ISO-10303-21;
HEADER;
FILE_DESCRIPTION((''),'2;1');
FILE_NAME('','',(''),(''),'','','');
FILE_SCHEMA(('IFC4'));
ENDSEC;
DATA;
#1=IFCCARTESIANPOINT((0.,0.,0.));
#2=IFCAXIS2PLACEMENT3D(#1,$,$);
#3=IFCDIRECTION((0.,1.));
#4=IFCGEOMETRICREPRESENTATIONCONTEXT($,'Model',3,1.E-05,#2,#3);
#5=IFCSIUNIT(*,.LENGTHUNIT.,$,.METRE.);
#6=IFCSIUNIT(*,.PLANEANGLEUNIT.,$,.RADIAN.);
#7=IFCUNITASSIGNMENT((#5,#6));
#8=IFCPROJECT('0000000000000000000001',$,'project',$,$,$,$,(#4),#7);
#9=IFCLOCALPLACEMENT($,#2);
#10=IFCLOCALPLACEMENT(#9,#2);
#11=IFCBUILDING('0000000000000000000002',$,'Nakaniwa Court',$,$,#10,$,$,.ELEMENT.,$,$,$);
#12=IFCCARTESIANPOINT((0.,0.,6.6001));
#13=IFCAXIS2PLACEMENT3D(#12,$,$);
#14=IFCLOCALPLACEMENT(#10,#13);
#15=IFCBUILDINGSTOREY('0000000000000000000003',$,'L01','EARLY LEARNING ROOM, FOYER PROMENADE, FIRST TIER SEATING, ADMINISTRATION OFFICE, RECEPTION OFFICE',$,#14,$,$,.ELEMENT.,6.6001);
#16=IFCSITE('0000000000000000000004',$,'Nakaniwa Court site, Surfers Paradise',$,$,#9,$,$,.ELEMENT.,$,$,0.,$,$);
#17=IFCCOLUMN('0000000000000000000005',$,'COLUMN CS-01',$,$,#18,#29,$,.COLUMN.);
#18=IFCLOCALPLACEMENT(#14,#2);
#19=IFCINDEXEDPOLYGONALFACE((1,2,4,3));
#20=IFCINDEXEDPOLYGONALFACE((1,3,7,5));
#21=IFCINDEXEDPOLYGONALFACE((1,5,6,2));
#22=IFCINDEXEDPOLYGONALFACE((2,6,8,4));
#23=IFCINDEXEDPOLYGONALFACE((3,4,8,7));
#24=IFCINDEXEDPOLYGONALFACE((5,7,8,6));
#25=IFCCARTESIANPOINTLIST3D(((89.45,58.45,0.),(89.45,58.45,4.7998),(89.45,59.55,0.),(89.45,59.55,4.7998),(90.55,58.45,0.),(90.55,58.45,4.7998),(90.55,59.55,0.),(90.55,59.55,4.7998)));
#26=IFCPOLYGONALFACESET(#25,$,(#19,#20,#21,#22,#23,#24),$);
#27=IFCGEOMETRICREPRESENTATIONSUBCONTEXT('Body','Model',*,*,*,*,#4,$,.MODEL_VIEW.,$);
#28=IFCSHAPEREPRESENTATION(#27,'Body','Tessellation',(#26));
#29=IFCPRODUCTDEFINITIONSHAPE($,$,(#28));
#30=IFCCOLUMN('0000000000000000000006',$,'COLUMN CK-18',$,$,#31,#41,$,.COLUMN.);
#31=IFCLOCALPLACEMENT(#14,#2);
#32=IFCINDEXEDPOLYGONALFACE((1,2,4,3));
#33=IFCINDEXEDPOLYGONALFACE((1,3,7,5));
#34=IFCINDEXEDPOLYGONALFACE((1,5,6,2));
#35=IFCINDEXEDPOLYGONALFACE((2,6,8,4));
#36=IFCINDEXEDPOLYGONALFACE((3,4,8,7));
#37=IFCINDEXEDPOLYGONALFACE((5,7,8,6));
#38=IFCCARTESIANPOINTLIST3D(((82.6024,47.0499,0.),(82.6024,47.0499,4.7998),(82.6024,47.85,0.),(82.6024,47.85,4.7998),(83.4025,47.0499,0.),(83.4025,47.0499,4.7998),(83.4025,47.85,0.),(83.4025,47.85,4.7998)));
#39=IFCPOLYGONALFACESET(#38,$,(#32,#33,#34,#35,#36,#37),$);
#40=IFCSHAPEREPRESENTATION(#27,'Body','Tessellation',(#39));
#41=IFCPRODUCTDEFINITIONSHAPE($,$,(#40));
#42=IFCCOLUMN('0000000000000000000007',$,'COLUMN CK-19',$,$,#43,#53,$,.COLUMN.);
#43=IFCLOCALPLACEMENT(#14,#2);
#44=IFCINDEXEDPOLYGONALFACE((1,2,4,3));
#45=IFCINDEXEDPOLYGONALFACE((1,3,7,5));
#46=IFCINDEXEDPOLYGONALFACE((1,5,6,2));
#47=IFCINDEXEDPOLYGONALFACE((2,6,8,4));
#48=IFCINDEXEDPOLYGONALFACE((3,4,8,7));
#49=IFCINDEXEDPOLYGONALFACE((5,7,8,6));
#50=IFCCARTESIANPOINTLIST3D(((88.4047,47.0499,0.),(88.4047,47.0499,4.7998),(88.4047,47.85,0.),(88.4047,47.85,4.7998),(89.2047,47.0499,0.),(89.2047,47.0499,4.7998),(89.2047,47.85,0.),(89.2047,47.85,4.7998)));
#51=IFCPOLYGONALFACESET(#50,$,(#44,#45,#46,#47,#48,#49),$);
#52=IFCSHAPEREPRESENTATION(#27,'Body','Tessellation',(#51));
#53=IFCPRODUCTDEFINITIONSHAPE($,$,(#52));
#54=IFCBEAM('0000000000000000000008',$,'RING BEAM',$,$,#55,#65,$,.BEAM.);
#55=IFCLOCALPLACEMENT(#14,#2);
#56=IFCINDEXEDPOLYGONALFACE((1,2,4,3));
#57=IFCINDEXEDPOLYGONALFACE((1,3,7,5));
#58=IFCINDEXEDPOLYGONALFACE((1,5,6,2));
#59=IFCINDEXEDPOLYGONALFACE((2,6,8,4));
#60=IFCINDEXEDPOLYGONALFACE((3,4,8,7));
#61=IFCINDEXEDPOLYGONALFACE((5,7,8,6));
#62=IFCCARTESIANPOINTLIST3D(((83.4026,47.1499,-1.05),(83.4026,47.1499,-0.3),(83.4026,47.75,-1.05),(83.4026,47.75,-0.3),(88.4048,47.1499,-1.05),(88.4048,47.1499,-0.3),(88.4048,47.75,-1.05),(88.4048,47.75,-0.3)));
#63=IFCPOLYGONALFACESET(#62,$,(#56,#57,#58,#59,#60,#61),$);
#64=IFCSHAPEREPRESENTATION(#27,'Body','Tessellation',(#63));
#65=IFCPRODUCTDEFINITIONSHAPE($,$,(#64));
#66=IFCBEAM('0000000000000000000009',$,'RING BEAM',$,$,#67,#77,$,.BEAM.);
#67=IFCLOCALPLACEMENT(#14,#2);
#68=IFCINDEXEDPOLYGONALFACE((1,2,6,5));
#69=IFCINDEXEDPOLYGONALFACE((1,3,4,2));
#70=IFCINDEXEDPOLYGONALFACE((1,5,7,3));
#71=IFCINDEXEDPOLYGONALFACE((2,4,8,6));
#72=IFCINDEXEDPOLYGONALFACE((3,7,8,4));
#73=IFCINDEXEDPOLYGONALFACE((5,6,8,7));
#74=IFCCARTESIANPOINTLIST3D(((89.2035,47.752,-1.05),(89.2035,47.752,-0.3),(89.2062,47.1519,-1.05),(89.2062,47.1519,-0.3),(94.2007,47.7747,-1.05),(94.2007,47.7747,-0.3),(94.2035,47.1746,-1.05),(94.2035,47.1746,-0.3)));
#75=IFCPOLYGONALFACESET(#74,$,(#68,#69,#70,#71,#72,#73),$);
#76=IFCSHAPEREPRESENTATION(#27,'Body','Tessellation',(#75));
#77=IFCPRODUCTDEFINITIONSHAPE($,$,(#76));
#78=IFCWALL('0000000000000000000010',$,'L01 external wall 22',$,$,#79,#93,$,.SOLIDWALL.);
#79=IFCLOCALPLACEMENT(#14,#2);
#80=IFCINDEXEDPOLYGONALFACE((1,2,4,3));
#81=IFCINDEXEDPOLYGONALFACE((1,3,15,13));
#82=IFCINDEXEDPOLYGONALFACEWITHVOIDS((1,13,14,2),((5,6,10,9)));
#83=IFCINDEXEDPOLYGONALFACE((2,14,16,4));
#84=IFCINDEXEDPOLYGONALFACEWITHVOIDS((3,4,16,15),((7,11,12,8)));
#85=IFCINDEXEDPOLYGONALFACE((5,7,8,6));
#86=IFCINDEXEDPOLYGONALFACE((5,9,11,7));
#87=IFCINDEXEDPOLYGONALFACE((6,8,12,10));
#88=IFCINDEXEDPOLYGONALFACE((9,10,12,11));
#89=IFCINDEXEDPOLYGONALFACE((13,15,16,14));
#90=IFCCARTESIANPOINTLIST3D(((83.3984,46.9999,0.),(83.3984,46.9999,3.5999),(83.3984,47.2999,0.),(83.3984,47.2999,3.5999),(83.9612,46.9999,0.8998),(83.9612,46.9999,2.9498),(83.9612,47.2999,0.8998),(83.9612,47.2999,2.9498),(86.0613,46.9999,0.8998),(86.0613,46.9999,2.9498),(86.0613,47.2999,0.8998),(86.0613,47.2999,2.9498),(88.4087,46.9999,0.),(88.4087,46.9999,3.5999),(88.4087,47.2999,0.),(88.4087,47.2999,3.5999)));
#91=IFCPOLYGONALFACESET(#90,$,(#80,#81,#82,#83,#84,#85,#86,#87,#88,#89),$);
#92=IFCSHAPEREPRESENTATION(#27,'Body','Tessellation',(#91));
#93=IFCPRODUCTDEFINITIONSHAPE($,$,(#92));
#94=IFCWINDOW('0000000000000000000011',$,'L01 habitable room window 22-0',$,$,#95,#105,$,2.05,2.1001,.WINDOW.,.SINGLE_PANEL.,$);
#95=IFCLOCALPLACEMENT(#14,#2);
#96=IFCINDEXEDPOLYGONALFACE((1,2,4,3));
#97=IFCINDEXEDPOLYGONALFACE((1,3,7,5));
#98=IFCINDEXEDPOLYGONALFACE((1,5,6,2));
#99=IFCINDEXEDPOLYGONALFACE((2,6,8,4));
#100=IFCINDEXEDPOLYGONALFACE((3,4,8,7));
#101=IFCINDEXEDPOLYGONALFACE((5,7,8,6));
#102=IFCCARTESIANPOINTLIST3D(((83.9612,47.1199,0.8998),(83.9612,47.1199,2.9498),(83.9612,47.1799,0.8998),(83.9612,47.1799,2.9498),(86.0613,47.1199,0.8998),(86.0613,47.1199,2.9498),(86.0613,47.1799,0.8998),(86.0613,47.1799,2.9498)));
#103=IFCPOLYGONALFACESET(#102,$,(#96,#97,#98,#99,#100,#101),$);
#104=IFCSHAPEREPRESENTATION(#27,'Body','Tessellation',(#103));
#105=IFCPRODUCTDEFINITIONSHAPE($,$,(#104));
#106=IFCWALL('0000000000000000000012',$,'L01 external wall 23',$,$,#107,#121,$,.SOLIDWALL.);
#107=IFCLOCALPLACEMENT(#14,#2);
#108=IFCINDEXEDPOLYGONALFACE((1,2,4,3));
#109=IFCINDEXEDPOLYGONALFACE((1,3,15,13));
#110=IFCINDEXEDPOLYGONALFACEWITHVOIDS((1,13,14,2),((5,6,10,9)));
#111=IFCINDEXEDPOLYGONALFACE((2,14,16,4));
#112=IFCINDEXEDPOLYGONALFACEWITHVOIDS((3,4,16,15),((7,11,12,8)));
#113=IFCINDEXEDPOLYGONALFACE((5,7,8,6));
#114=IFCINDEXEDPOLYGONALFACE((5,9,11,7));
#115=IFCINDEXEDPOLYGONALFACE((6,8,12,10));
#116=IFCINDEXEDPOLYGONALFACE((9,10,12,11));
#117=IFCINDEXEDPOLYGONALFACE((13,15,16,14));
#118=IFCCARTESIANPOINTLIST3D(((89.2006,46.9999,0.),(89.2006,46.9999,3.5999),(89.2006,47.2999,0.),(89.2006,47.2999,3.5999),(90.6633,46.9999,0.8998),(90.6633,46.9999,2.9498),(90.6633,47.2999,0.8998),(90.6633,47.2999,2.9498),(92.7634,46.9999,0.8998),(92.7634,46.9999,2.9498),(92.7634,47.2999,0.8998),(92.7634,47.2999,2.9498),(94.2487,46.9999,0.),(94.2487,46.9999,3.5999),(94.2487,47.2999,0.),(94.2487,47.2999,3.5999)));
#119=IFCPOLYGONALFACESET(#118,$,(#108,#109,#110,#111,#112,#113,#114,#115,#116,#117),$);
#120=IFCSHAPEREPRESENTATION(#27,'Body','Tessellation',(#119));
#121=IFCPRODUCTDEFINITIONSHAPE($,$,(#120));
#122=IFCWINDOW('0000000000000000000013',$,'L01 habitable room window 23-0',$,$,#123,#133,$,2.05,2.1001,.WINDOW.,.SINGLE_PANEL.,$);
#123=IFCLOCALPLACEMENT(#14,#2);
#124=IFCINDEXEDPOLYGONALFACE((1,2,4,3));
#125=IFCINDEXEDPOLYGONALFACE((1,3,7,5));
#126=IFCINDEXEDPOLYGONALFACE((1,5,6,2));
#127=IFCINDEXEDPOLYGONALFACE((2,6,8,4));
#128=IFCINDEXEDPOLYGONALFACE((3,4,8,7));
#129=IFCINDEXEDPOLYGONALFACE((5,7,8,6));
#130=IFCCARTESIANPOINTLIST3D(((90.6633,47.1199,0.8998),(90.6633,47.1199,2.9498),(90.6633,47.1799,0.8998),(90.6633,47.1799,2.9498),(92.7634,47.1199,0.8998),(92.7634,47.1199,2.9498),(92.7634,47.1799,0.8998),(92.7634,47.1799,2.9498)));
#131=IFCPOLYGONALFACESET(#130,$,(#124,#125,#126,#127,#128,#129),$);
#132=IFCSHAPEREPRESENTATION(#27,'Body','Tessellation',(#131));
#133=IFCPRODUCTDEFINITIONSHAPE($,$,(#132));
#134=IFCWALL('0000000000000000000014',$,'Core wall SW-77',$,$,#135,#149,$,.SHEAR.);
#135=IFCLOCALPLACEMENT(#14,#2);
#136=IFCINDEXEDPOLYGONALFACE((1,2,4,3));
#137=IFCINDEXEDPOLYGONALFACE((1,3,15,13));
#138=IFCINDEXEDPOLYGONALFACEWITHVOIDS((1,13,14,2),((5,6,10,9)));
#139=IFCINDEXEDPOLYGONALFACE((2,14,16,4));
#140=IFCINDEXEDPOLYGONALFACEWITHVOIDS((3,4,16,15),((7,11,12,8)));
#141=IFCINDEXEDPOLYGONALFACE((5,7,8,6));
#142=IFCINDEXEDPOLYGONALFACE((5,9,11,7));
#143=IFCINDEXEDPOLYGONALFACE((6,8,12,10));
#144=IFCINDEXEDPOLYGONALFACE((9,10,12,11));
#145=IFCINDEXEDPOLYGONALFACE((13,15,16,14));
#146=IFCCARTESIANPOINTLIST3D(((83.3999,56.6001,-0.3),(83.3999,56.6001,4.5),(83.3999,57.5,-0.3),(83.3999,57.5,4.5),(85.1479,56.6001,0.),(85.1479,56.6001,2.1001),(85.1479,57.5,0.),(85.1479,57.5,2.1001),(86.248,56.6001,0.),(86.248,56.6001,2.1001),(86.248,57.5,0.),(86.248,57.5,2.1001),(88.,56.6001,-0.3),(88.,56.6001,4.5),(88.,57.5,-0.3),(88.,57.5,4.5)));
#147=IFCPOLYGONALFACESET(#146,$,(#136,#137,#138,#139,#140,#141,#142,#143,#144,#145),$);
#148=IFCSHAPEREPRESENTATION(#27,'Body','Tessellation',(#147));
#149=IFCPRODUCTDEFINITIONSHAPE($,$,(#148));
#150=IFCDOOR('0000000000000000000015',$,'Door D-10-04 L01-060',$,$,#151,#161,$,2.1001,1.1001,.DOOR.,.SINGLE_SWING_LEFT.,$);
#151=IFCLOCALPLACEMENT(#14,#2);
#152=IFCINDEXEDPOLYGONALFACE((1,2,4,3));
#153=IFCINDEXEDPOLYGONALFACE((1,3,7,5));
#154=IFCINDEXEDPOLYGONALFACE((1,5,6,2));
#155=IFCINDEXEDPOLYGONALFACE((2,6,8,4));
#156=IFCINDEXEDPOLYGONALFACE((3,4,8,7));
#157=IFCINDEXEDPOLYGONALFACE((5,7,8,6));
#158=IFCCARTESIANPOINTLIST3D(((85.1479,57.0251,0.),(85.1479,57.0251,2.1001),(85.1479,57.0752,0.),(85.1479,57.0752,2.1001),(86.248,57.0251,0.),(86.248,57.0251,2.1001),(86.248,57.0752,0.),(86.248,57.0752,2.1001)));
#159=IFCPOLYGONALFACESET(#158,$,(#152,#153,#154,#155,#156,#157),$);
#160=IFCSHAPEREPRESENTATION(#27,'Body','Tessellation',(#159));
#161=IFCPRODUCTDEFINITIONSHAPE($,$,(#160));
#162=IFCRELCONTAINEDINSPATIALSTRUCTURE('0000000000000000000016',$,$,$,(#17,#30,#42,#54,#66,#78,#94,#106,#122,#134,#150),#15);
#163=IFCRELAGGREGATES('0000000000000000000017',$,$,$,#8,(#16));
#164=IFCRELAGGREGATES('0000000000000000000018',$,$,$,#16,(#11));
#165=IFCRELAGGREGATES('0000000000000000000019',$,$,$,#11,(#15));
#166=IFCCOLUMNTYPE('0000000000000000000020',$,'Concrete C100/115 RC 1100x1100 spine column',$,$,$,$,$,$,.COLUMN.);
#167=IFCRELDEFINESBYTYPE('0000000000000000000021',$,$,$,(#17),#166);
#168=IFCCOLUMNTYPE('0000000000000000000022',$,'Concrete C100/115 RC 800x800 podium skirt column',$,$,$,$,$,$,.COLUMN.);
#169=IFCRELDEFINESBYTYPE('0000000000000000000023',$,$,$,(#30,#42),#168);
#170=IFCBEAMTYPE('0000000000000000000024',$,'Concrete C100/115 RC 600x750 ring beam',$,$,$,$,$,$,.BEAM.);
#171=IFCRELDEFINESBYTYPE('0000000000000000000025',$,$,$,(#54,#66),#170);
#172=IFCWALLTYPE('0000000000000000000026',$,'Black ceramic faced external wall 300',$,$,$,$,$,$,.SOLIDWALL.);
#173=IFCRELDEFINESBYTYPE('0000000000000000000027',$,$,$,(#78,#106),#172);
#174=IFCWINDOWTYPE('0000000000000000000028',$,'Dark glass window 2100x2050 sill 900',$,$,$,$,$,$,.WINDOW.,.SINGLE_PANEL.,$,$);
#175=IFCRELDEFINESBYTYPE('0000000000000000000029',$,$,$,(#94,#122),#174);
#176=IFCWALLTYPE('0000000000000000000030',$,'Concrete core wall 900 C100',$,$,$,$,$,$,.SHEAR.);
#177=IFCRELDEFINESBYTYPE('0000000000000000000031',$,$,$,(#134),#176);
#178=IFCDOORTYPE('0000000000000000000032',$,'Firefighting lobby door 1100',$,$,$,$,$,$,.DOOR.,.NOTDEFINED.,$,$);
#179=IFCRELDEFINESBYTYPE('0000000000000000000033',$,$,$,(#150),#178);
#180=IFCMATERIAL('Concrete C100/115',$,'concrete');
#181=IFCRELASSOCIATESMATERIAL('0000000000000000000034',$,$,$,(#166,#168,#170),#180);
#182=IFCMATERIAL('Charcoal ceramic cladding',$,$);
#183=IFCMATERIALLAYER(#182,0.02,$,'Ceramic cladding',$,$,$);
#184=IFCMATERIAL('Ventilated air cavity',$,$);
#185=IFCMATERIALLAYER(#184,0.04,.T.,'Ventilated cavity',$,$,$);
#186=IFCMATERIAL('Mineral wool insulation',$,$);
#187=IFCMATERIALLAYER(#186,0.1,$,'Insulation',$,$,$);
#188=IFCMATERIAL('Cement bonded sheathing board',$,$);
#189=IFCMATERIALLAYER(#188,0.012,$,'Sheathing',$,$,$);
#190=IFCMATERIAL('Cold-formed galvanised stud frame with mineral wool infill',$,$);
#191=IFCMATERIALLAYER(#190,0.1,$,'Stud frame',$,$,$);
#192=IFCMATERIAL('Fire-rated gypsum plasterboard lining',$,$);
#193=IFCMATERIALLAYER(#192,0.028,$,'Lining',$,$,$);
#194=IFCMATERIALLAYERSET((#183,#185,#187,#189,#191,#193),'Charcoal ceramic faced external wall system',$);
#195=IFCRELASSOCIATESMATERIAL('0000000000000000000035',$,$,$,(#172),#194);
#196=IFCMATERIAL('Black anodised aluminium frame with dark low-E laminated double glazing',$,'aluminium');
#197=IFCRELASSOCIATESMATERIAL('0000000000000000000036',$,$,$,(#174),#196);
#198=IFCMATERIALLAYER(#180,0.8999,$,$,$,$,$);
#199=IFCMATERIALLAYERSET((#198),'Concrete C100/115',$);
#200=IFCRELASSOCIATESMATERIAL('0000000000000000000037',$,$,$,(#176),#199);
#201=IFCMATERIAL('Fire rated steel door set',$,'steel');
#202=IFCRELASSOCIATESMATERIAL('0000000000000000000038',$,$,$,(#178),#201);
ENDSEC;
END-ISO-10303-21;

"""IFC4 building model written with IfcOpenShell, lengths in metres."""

from ifc_helpers import new_model, si_unit, direction, frame, frame_2d, origin, origin_2d, place, context, subcontext, project, spatial, rectangle, extrude, material, layer, layer_set, material_profile, profile_set, type_object, element, fill, save


model = new_model("IFC4")

# Units and contexts
model_context = context("Model", 3, precision=1e-05, world=origin(), true_north=direction((0.0, 1.0)))
body_context = subcontext(model_context, "Body", "Model", "MODEL_VIEW")
ifc_project = project(units=[si_unit("LENGTHUNIT", "METRE"), si_unit("PLANEANGLEUNIT", "RADIAN")], contexts=[model_context])

# Site, building, storey
site_placement = place(None, origin())
site = spatial("IfcSite", under=ifc_project, at=site_placement, Name="Nakaniwa Court site, Surfers Paradise", CompositionType="ELEMENT", RefElevation=0.0)
building_placement = place(site_placement, origin())
building = spatial("IfcBuilding", under=site, at=building_placement, Name="Nakaniwa Court", CompositionType="ELEMENT")
storey_placement = place(building_placement, frame((0.0, 0.0, 6.6001)))
storey = spatial("IfcBuildingStorey", under=building, at=storey_placement, Name="L01", Description="EARLY LEARNING ROOM, FOYER PROMENADE, FIRST TIER SEATING, ADMINISTRATION OFFICE, RECEPTION OFFICE", CompositionType="ELEMENT", Elevation=6.6001)

# Columns
ifc_material_1 = material(Name="Concrete C100/115", Category="concrete")
ifc_material_profile_1 = material_profile(ifc_material_1, rectangle(XDim=1.1001, YDim=1.1001, at=origin_2d()), Name="Concrete C100/115 RC 1100x1100 spine column")
ifc_profile_set_1 = profile_set([ifc_material_profile_1], Name="Concrete C100/115")
column_type_1 = type_object("IfcColumnType", Name="Concrete C100/115 RC 1100x1100 spine column", PredefinedType="COLUMN", material=ifc_profile_set_1)
column_placement = place(storey_placement, frame((90.0, 59.0, 0.0), z_axis=(0.0, 0.0, 1.0), x_axis=(0.0, 1.0, 0.0)))
element("IfcColumn", 1, at=column_placement, inside=storey, type_object=column_type_1, Name="COLUMN CS-01", PredefinedType="COLUMN", context=body_context, shape_type="SweptSolid", body=[
    extrude(rectangle(XDim=1.1001, YDim=1.1001, at=origin_2d()), origin(), (0.0, 0.0, 1.0), 4.7998),
])
ifc_material_profile_2 = material_profile(ifc_material_1, rectangle(XDim=0.8, YDim=0.8, at=origin_2d()), Name="Concrete C100/115 RC 800x800 podium skirt column")
ifc_profile_set_2 = profile_set([ifc_material_profile_2], Name="Concrete C100/115")
column_type_2 = type_object("IfcColumnType", Name="Concrete C100/115 RC 800x800 podium skirt column", PredefinedType="COLUMN", material=ifc_profile_set_2)
for number, where, z_axis, x_axis, name in (
    (2, (83.0024, 47.45, 0.0), (0.0, 0.0, 1.0), (1.0, 0.0, 0.0), "COLUMN CK-18"),
    (3, (88.8047, 47.45, 0.0), (0.0, 0.0, 1.0), (1.0, 0.0, 0.0), "COLUMN CK-19"),
):
    element("IfcColumn", number, at=place(storey_placement, frame(where, z_axis=z_axis, x_axis=x_axis)), inside=storey, type_object=column_type_2, Name=name, PredefinedType="COLUMN", context=body_context, shape_type="SweptSolid", body=[
        extrude(rectangle(XDim=0.8, YDim=0.8, at=origin_2d()), origin(), (0.0, 0.0, 1.0), 4.7998),
    ])

# Beams
ifc_material_profile_3 = material_profile(ifc_material_1, rectangle(XDim=0.6001, YDim=0.75, at=origin_2d()), Name="Concrete C100/115 RC 600x750 ring beam")
ifc_profile_set_3 = profile_set([ifc_material_profile_3], Name="Concrete C100/115")
beam_type = type_object("IfcBeamType", Name="Concrete C100/115 RC 600x750 ring beam", PredefinedType="BEAM", material=ifc_profile_set_3)
beam_1_placement = place(storey_placement, frame((83.4026, 47.45, -0.675), z_axis=(1.0, 0.0, 0.0), x_axis=(0.0, 1.0, 0.0)))
element("IfcBeam", 4, at=beam_1_placement, inside=storey, type_object=beam_type, Name="RING BEAM", PredefinedType="BEAM", context=body_context, shape_type="SweptSolid", body=[
    extrude(rectangle(XDim=0.6001, YDim=0.75, at=origin_2d()), origin(), (0.0, 0.0, 1.0), 5.0022),
])
beam_2_placement = place(storey_placement, frame((89.2048, 47.4519, -0.675), z_axis=(0.99999, 0.004543, 0.0), x_axis=(-0.004543, 0.99999, 0.0)))
element("IfcBeam", 5, at=beam_2_placement, inside=storey, type_object=beam_type, Name="RING BEAM", PredefinedType="BEAM", context=body_context, shape_type="SweptSolid", body=[
    extrude(rectangle(XDim=0.6001, YDim=0.75, at=origin_2d()), origin(), (0.0, 0.0, 1.0), 4.9973),
])

# Walls, openings, windows
ifc_material_2 = material(Name="Charcoal ceramic cladding")
ifc_layer_1 = layer(ifc_material_2, 0.02, Name="Ceramic cladding")
ifc_material_3 = material(Name="Ventilated air cavity")
ifc_layer_2 = layer(ifc_material_3, 0.04, ventilated=True, Name="Ventilated cavity")
ifc_material_4 = material(Name="Mineral wool insulation")
ifc_layer_3 = layer(ifc_material_4, 0.1, Name="Insulation")
ifc_material_5 = material(Name="Cement bonded sheathing board")
ifc_layer_4 = layer(ifc_material_5, 0.012, Name="Sheathing")
ifc_material_6 = material(Name="Cold-formed galvanised stud frame with mineral wool infill")
ifc_layer_5 = layer(ifc_material_6, 0.1, Name="Stud frame")
ifc_material_7 = material(Name="Fire-rated gypsum plasterboard lining")
ifc_layer_6 = layer(ifc_material_7, 0.028, Name="Lining")
ifc_layer_set_1 = layer_set([ifc_layer_1, ifc_layer_2, ifc_layer_3, ifc_layer_4, ifc_layer_5, ifc_layer_6], Name="Charcoal ceramic faced external wall system")
wall_type_1 = type_object("IfcWallType", Name="Black ceramic faced external wall 300", PredefinedType="SOLIDWALL", material=ifc_layer_set_1)
wall_1_placement = place(storey_placement, frame((83.3984, 47.1499, 0.0), z_axis=(0.0, 0.0, 1.0), x_axis=(1.0, 0.0, 0.0)))
wall_1 = element("IfcWall", 6, at=wall_1_placement, inside=storey, type_object=wall_type_1, Name="L01 external wall 22", PredefinedType="SOLIDWALL", context=body_context, shape_type="SweptSolid", body=[
    extrude(rectangle(XDim=5.0103, YDim=0.3, at=frame_2d((2.5051, 0.0))), origin(), (0.0, 0.0, 1.0), 3.5999),
])
opening_1_placement = place(wall_1_placement, frame((0.5627, 0.0, 0.8999)))
opening_1 = element("IfcOpeningElement", 7, at=opening_1_placement, cuts=wall_1, PredefinedType="OPENING", context=body_context, shape_type="SweptSolid", body=[
    extrude(rectangle(XDim=2.1001, YDim=2.05, at=frame_2d((1.05, 1.0249))), frame((0.0, 0.1599, 0.0), z_axis=(0.0, -1.0, 0.0), x_axis=(1.0, 0.0, 0.0)), (0.0, 0.0, 1.0), 0.3201),
])
ifc_material_8 = material(Name="Black anodised aluminium frame with dark low-E laminated double glazing", Category="aluminium")
window_type = type_object("IfcWindowType", Name="Dark glass window 2100x2050 sill 900", PartitioningType="SINGLE_PANEL", PredefinedType="WINDOW", material=ifc_material_8)
window_1_placement = place(opening_1_placement, origin())
window_1 = element("IfcWindow", 8, at=window_1_placement, inside=storey, type_object=window_type, Name="L01 habitable room window 22-0", OverallHeight=2.05, OverallWidth=2.1001, PartitioningType="SINGLE_PANEL", PredefinedType="WINDOW", context=body_context, shape_type="SweptSolid", body=[
    extrude(rectangle(XDim=2.1001, YDim=2.05, at=frame_2d((1.05, 1.0249))), frame((0.0, 0.03, 0.0), z_axis=(0.0, -1.0, 0.0), x_axis=(1.0, 0.0, 0.0)), (0.0, 0.0, 1.0), 0.0601),
])
fill(opening_1, window_1)
wall_2_placement = place(storey_placement, frame((89.2007, 47.1499, 0.0), z_axis=(0.0, 0.0, 1.0), x_axis=(1.0, 0.0, 0.0)))
wall_2 = element("IfcWall", 9, at=wall_2_placement, inside=storey, type_object=wall_type_1, Name="L01 external wall 23", PredefinedType="SOLIDWALL", context=body_context, shape_type="SweptSolid", body=[
    extrude(rectangle(XDim=5.0481, YDim=0.3, at=frame_2d((2.5239, 0.0))), origin(), (0.0, 0.0, 1.0), 3.5999),
])
opening_2_placement = place(wall_2_placement, frame((1.4626, 0.0, 0.8999)))
opening_2 = element("IfcOpeningElement", 10, at=opening_2_placement, cuts=wall_2, PredefinedType="OPENING", context=body_context, shape_type="SweptSolid", body=[
    extrude(rectangle(XDim=2.1001, YDim=2.05, at=frame_2d((1.05, 1.0249))), frame((0.0, 0.1599, 0.0), z_axis=(0.0, -1.0, 0.0), x_axis=(1.0, 0.0, 0.0)), (0.0, 0.0, 1.0), 0.3201),
])
window_2_placement = place(opening_2_placement, origin())
window_2 = element("IfcWindow", 11, at=window_2_placement, inside=storey, type_object=window_type, Name="L01 habitable room window 23-0", OverallHeight=2.05, OverallWidth=2.1001, PartitioningType="SINGLE_PANEL", PredefinedType="WINDOW", context=body_context, shape_type="SweptSolid", body=[
    extrude(rectangle(XDim=2.1001, YDim=2.05, at=frame_2d((1.05, 1.0249))), frame((0.0, 0.03, 0.0), z_axis=(0.0, -1.0, 0.0), x_axis=(1.0, 0.0, 0.0)), (0.0, 0.0, 1.0), 0.0601),
])
fill(opening_2, window_2)

# Wall, opening, door
ifc_layer_7 = layer(ifc_material_1, 0.8999)
ifc_layer_set_2 = layer_set([ifc_layer_7], Name="Concrete C100/115")
wall_type_2 = type_object("IfcWallType", Name="Concrete core wall 900 C100", PredefinedType="SHEAR", material=ifc_layer_set_2)
wall_3_placement = place(storey_placement, frame((88.0, 57.05, -0.3), z_axis=(0.0, 0.0, 1.0), x_axis=(-1.0, 0.0, 0.0)))
wall_3 = element("IfcWall", 12, at=wall_3_placement, inside=storey, type_object=wall_type_2, Name="Core wall SW-77", PredefinedType="SHEAR", context=body_context, shape_type="SweptSolid", body=[
    extrude(rectangle(XDim=4.6001, YDim=0.8999, at=frame_2d((2.3, 0.0))), origin(), (0.0, 0.0, 1.0), 4.8),
])
opening_3_placement = place(wall_3_placement, frame((1.752, 0.0, 0.3)))
opening_3 = element("IfcOpeningElement", 13, at=opening_3_placement, cuts=wall_3, PredefinedType="OPENING", context=body_context, shape_type="SweptSolid", body=[
    extrude(rectangle(XDim=1.1001, YDim=2.1001, at=frame_2d((0.55, 1.05))), frame((0.0, 0.46, 0.0), z_axis=(0.0, -1.0, 0.0), x_axis=(1.0, 0.0, 0.0)), (0.0, 0.0, 1.0), 0.9199),
])
ifc_material_9 = material(Name="Fire rated steel door set", Category="steel")
door_type = type_object("IfcDoorType", Name="Firefighting lobby door 1100", OperationType="NOTDEFINED", PredefinedType="DOOR", material=ifc_material_9)
door_placement = place(opening_3_placement, origin())
door = element("IfcDoor", 14, at=door_placement, inside=storey, type_object=door_type, Name="Door D-10-04 L01-060", OperationType="SINGLE_SWING_LEFT", OverallHeight=2.1001, OverallWidth=1.1001, PredefinedType="DOOR", context=body_context, shape_type="SweptSolid", body=[
    extrude(rectangle(XDim=1.1001, YDim=2.1001, at=frame_2d((0.55, 1.05))), frame((0.0, 0.0249, 0.0), z_axis=(0.0, -1.0, 0.0), x_axis=(1.0, 0.0, 0.0)), (0.0, 0.0, 1.0), 0.05),
])
fill(opening_3, door)

save(model, "model.ifc")
